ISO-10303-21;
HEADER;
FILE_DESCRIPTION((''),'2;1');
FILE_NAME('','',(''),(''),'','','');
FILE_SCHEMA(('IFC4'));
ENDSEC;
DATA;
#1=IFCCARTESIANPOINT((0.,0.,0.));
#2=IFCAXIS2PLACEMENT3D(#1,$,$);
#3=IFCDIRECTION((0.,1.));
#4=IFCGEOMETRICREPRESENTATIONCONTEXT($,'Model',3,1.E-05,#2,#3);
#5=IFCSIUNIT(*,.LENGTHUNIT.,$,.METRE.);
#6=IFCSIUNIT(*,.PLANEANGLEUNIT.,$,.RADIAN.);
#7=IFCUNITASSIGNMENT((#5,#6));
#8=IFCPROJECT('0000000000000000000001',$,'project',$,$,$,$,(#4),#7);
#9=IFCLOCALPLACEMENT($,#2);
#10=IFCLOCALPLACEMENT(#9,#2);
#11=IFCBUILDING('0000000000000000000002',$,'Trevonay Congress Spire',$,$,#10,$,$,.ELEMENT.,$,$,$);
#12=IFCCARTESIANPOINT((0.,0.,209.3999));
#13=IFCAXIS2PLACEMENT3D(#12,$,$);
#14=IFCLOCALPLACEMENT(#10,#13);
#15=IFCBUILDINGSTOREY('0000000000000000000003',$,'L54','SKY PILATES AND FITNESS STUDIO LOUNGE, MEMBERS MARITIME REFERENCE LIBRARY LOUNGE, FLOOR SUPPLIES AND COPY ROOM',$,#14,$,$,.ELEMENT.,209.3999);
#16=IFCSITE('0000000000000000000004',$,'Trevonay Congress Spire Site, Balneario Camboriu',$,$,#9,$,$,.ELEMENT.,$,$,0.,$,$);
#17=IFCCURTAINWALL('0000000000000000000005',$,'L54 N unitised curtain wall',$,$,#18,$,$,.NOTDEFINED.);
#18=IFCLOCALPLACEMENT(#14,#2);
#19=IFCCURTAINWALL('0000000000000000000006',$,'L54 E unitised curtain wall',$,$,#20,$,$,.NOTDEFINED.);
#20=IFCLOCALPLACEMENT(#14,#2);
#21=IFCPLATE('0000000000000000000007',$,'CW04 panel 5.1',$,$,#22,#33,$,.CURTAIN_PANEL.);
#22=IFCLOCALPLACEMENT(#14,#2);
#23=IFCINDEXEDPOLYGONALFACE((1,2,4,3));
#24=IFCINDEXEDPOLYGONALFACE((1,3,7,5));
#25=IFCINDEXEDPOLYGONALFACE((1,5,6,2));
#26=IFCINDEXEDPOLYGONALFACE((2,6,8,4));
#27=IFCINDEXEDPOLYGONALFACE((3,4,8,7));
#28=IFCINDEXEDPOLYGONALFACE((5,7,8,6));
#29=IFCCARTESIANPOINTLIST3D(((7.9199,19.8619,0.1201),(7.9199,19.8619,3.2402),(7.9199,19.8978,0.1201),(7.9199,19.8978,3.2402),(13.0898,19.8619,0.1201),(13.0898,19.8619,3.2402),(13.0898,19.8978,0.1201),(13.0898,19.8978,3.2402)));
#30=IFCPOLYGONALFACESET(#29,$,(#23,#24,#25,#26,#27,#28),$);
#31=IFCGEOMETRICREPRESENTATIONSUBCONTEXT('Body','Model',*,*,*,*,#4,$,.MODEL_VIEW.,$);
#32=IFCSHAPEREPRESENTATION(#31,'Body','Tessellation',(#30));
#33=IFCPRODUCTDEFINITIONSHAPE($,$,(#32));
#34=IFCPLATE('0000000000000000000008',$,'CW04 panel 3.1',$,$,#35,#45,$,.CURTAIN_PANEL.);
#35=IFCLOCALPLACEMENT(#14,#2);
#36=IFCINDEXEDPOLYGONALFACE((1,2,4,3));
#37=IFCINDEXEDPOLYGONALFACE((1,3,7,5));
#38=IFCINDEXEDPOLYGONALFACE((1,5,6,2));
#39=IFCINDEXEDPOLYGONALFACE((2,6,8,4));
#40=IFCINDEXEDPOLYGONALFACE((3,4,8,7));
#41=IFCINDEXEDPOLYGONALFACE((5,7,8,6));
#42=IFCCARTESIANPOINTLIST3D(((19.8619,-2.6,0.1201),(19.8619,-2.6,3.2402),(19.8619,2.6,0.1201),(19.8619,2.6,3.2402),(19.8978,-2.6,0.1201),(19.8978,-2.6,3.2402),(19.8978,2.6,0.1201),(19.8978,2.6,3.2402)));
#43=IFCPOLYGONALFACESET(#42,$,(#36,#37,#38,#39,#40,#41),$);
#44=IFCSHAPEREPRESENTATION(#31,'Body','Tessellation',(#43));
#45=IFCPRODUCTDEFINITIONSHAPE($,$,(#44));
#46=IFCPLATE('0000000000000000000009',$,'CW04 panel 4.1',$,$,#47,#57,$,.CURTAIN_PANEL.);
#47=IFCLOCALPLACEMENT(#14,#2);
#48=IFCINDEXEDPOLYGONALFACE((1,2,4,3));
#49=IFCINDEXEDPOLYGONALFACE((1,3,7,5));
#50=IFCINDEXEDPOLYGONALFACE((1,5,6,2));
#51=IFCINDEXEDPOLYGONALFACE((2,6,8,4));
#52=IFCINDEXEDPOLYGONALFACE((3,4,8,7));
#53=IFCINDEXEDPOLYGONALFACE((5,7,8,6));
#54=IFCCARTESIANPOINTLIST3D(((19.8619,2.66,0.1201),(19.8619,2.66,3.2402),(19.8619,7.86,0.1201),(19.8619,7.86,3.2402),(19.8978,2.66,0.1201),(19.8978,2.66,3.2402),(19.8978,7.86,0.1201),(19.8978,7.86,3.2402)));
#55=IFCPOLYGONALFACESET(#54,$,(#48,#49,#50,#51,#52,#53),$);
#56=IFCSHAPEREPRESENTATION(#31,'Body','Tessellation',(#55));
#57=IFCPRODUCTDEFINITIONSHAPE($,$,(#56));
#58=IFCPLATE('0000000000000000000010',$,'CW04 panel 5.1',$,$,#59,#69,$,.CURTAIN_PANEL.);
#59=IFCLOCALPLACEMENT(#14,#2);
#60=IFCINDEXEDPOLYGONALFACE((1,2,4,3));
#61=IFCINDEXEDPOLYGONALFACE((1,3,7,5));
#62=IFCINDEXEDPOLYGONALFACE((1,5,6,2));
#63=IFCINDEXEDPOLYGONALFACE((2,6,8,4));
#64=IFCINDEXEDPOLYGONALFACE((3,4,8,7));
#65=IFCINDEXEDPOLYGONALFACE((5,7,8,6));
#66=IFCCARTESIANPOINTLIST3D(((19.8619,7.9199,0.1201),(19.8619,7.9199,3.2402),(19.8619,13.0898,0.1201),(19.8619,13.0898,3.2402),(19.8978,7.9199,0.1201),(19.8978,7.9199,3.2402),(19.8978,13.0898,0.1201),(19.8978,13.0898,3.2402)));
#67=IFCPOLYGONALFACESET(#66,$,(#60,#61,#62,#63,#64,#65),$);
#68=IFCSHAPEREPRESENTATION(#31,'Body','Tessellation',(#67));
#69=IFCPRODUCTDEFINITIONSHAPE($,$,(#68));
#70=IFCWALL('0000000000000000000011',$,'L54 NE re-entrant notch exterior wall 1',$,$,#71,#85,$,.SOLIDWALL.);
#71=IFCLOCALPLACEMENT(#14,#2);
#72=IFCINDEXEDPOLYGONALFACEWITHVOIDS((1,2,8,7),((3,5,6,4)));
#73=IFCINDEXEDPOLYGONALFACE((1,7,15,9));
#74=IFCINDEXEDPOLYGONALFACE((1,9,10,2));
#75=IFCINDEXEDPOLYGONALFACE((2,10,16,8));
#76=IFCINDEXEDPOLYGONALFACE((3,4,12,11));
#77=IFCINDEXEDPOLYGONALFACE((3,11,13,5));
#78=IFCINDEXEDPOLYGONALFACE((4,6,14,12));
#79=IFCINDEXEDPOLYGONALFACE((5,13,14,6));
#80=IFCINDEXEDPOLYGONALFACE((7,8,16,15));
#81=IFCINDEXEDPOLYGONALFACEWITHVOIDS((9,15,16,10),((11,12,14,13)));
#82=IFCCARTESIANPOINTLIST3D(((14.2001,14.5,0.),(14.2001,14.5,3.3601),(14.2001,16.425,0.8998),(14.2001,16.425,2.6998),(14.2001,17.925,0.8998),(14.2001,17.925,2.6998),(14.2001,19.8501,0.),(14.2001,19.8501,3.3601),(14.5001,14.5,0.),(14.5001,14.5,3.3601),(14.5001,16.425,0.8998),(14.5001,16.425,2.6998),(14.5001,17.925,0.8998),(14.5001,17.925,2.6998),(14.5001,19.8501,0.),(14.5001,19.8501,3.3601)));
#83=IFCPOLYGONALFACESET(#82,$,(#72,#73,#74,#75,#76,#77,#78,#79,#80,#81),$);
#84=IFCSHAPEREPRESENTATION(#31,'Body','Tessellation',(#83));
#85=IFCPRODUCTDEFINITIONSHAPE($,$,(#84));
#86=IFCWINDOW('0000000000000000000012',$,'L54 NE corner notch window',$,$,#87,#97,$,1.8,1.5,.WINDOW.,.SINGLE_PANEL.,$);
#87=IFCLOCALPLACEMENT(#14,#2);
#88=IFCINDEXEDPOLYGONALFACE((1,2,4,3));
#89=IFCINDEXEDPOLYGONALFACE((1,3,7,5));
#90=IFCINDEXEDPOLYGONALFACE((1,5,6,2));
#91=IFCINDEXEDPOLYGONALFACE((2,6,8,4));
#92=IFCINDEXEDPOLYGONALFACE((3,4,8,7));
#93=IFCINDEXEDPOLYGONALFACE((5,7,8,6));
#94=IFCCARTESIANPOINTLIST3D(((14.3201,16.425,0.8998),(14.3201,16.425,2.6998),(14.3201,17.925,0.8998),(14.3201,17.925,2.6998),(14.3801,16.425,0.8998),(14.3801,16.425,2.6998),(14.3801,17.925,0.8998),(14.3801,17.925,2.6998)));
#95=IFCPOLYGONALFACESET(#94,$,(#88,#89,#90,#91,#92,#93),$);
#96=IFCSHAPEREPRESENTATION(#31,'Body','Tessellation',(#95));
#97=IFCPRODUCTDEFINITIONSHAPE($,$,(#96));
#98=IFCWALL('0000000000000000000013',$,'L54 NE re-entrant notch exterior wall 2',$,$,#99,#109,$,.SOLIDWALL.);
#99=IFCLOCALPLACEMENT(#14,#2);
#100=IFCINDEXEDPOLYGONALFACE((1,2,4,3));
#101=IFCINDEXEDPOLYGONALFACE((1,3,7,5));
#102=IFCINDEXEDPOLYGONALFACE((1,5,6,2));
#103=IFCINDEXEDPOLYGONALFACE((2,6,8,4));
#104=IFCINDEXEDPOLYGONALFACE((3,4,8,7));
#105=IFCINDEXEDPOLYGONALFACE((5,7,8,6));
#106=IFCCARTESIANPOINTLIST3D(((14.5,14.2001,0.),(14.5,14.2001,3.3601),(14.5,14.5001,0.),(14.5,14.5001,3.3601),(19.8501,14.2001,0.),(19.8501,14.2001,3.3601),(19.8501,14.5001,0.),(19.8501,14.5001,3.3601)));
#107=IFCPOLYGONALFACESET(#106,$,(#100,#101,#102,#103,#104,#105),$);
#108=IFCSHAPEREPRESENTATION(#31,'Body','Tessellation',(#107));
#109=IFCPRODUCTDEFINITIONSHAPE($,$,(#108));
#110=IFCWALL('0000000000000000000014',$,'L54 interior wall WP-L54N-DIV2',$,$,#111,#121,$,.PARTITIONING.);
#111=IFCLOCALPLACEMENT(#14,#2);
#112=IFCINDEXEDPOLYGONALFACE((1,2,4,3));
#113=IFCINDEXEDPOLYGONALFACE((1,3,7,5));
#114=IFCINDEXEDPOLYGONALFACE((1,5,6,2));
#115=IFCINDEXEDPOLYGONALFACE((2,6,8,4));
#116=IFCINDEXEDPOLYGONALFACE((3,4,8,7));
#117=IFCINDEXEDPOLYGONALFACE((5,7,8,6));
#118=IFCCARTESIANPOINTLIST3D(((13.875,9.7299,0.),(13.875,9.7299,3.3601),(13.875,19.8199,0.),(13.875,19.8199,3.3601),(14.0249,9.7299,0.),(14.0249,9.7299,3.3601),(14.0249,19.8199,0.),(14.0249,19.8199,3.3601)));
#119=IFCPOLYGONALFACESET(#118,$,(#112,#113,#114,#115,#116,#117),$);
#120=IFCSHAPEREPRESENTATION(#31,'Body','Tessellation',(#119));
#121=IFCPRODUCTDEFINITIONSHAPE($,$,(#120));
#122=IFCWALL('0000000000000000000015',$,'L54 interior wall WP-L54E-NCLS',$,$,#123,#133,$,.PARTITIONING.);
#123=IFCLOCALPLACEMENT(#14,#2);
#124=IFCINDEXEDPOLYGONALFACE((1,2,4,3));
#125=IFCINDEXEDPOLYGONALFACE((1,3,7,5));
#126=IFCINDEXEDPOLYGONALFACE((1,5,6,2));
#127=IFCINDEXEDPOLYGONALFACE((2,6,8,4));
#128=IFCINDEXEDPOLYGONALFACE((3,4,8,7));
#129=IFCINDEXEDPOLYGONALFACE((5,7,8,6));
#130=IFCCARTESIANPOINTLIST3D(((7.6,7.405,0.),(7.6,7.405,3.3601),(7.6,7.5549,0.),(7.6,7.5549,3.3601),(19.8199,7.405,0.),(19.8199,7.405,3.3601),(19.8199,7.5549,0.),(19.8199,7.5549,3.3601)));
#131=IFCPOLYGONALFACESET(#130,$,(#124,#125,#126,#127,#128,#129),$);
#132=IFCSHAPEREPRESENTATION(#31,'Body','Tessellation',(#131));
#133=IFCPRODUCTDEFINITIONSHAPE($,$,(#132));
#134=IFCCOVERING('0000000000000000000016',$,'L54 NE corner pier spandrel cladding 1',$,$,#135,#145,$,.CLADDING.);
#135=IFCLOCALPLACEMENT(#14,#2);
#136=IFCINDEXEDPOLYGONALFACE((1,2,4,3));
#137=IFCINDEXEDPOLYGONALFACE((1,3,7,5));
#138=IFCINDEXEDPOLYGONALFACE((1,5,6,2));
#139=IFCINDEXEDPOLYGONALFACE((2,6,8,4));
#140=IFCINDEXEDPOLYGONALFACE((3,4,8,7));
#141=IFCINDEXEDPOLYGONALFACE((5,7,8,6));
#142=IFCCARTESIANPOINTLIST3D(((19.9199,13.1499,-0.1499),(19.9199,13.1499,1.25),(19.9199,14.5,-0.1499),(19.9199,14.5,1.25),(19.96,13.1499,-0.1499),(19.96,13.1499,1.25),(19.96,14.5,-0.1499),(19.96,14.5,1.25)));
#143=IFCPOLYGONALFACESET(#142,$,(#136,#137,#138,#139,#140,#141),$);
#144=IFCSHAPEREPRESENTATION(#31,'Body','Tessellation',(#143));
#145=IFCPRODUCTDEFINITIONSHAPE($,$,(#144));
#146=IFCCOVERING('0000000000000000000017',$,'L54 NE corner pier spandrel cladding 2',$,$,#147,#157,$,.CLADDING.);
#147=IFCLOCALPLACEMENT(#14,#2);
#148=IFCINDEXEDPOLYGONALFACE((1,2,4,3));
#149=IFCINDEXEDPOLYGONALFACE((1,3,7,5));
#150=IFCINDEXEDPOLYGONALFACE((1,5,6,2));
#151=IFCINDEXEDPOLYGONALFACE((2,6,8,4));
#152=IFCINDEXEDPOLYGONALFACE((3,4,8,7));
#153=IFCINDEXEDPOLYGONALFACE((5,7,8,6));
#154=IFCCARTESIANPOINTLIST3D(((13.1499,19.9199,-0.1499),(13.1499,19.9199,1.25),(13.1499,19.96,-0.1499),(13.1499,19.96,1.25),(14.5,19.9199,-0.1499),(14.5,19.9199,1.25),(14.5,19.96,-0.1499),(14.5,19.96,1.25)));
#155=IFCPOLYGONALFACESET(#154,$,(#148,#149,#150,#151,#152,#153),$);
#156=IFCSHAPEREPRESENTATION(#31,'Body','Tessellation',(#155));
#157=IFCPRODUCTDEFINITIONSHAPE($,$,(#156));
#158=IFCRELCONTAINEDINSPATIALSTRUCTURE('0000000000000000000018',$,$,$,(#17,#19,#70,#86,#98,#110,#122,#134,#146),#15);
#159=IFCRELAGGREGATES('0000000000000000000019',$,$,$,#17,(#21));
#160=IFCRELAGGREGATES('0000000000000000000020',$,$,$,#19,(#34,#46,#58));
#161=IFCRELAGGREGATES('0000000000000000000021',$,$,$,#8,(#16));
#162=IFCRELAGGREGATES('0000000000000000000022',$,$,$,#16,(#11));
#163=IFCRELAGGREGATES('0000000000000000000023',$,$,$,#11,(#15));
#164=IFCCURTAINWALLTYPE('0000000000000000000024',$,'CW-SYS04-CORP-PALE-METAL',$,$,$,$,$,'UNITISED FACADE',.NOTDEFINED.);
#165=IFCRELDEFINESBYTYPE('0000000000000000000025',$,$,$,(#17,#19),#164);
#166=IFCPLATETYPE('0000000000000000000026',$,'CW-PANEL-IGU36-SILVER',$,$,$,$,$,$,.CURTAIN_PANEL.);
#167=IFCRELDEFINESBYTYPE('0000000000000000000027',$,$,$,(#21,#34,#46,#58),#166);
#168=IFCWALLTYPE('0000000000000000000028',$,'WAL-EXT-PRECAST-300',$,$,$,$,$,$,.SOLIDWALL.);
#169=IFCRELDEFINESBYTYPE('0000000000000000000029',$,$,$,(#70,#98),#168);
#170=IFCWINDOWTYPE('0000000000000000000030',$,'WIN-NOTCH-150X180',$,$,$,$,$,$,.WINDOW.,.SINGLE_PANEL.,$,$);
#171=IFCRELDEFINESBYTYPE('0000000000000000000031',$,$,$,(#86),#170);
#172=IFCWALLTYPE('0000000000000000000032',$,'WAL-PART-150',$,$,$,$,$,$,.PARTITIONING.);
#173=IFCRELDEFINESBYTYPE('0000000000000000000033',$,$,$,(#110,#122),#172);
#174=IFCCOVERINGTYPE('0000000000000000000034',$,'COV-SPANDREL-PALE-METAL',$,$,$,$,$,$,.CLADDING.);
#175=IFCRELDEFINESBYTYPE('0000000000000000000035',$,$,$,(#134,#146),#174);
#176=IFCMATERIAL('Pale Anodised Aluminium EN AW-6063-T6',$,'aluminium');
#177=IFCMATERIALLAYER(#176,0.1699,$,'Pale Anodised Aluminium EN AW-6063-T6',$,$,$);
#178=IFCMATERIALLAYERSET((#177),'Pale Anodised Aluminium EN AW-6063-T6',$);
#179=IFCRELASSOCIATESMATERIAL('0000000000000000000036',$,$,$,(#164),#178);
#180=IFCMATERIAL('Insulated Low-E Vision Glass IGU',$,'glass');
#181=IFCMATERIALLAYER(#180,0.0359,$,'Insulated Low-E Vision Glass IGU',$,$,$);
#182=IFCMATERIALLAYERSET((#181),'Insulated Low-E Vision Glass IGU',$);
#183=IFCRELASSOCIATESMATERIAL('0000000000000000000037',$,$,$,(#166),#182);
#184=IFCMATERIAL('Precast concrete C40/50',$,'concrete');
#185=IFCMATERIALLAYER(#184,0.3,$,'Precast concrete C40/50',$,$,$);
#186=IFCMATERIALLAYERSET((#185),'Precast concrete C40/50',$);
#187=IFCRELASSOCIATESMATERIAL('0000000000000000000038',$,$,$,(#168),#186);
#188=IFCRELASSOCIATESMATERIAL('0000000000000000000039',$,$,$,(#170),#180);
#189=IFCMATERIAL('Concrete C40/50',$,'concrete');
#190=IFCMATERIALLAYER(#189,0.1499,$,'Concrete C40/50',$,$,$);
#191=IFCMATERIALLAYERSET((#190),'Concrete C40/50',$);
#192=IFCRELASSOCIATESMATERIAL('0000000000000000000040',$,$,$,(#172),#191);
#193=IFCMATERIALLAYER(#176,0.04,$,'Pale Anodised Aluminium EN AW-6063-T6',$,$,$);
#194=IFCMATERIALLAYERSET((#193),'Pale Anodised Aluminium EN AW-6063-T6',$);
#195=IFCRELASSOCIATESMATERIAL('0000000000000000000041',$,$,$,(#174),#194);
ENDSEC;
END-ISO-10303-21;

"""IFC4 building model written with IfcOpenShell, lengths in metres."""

from ifc_helpers import new_model, si_unit, direction, frame, frame_2d, origin, origin_2d, place, context, subcontext, project, spatial, rectangle, extrude, material, layer, layer_set, type_object, element, fill, aggregate, save


model = new_model("IFC4")

# Units and contexts
model_context = context("Model", 3, precision=1e-05, world=origin(), true_north=direction((0.0, 1.0)))
body_context = subcontext(model_context, "Body", "Model", "MODEL_VIEW")
ifc_project = project(units=[si_unit("LENGTHUNIT", "METRE"), si_unit("PLANEANGLEUNIT", "RADIAN")], contexts=[model_context])

# Site, building, storey
site_placement = place(None, origin())
site = spatial("IfcSite", under=ifc_project, at=site_placement, Name="Trevonay Congress Spire Site, Balneario Camboriu", CompositionType="ELEMENT", RefElevation=0.0)
building_placement = place(site_placement, origin())
building = spatial("IfcBuilding", under=site, at=building_placement, Name="Trevonay Congress Spire", CompositionType="ELEMENT")
storey_placement = place(building_placement, frame((0.0, 0.0, 209.3999)))
storey = spatial("IfcBuildingStorey", under=building, at=storey_placement, Name="L54", Description="SKY PILATES AND FITNESS STUDIO LOUNGE, MEMBERS MARITIME REFERENCE LIBRARY LOUNGE, FLOOR SUPPLIES AND COPY ROOM", CompositionType="ELEMENT", Elevation=209.3999)

# Curtain walls
ifc_material_1 = material(Name="Pale Anodised Aluminium EN AW-6063-T6", Category="aluminium")
ifc_layer_1 = layer(ifc_material_1, 0.1699, Name="Pale Anodised Aluminium EN AW-6063-T6")
ifc_layer_set_1 = layer_set([ifc_layer_1], Name="Pale Anodised Aluminium EN AW-6063-T6")
curtain_wall_type = type_object("IfcCurtainWallType", Name="CW-SYS04-CORP-PALE-METAL", ElementType="UNITISED FACADE", PredefinedType="NOTDEFINED", material=ifc_layer_set_1)
curtain_wall_1_placement = place(storey_placement, origin())
curtain_wall_1 = element("IfcCurtainWall", 1, at=curtain_wall_1_placement, inside=storey, type_object=curtain_wall_type, Name="L54 N unitised curtain wall", PredefinedType="NOTDEFINED")
curtain_wall_2_placement = place(storey_placement, origin())
curtain_wall_2 = element("IfcCurtainWall", 2, at=curtain_wall_2_placement, inside=storey, type_object=curtain_wall_type, Name="L54 E unitised curtain wall", PredefinedType="NOTDEFINED")

# Plates
ifc_material_2 = material(Name="Insulated Low-E Vision Glass IGU", Category="glass")
ifc_layer_2 = layer(ifc_material_2, 0.0359, Name="Insulated Low-E Vision Glass IGU")
ifc_layer_set_2 = layer_set([ifc_layer_2], Name="Insulated Low-E Vision Glass IGU")
plate_type = type_object("IfcPlateType", Name="CW-PANEL-IGU36-SILVER", PredefinedType="CURTAIN_PANEL", material=ifc_layer_set_2)
plate_1_placement = place(storey_placement, frame((10.5049, 19.8799, 0.1201), z_axis=(0.0, 0.0, 1.0), x_axis=(1.0, 0.0, 0.0)))
plate_1 = element("IfcPlate", 3, at=plate_1_placement, type_object=plate_type, Name="CW04 panel 5.1", PredefinedType="CURTAIN_PANEL", context=body_context, shape_type="SweptSolid", body=[
    extrude(rectangle(XDim=5.1699, YDim=0.0359, at=origin_2d()), origin(), (0.0, 0.0, 1.0), 3.1201),
])
aggregate(curtain_wall_1, [plate_1])
plate_2_placement = place(storey_placement, frame((19.8799, 0.0, 0.1201), z_axis=(0.0, 0.0, 1.0), x_axis=(0.0, 1.0, 0.0)))
plate_2 = element("IfcPlate", 4, at=plate_2_placement, type_object=plate_type, Name="CW04 panel 3.1", PredefinedType="CURTAIN_PANEL", context=body_context, shape_type="SweptSolid", body=[
    extrude(rectangle(XDim=5.2, YDim=0.0359, at=origin_2d()), origin(), (0.0, 0.0, 1.0), 3.1201),
])
plate_3_placement = place(storey_placement, frame((19.8799, 5.26, 0.1201), z_axis=(0.0, 0.0, 1.0), x_axis=(0.0, 1.0, 0.0)))
plate_3 = element("IfcPlate", 5, at=plate_3_placement, type_object=plate_type, Name="CW04 panel 4.1", PredefinedType="CURTAIN_PANEL", context=body_context, shape_type="SweptSolid", body=[
    extrude(rectangle(XDim=5.2, YDim=0.0359, at=origin_2d()), origin(), (0.0, 0.0, 1.0), 3.1201),
])
plate_4_placement = place(storey_placement, frame((19.8799, 10.5049, 0.1201), z_axis=(0.0, 0.0, 1.0), x_axis=(0.0, 1.0, 0.0)))
plate_4 = element("IfcPlate", 6, at=plate_4_placement, type_object=plate_type, Name="CW04 panel 5.1", PredefinedType="CURTAIN_PANEL", context=body_context, shape_type="SweptSolid", body=[
    extrude(rectangle(XDim=5.1699, YDim=0.0359, at=origin_2d()), origin(), (0.0, 0.0, 1.0), 3.1201),
])
aggregate(curtain_wall_2, [plate_2, plate_3, plate_4])

# Wall, opening, window
ifc_material_3 = material(Name="Precast concrete C40/50", Category="concrete")
ifc_layer_3 = layer(ifc_material_3, 0.3, Name="Precast concrete C40/50")
ifc_layer_set_3 = layer_set([ifc_layer_3], Name="Precast concrete C40/50")
wall_type_1 = type_object("IfcWallType", Name="WAL-EXT-PRECAST-300", PredefinedType="SOLIDWALL", material=ifc_layer_set_3)
wall_1_placement = place(storey_placement, frame((14.3501, 19.8501, 0.0), z_axis=(0.0, 0.0, 1.0), x_axis=(0.0, -1.0, 0.0)))
wall_1 = element("IfcWall", 7, at=wall_1_placement, inside=storey, type_object=wall_type_1, Name="L54 NE re-entrant notch exterior wall 1", PredefinedType="SOLIDWALL", context=body_context, shape_type="SweptSolid", body=[
    extrude(rectangle(XDim=5.3501, YDim=0.3, at=frame_2d((2.675, 0.0))), origin(), (0.0, 0.0, 1.0), 3.3601),
])
opening_placement = place(wall_1_placement, frame((1.925, 0.0, 0.8999)))
opening = element("IfcOpeningElement", 8, at=opening_placement, cuts=wall_1, PredefinedType="OPENING", context=body_context, shape_type="SweptSolid", body=[
    extrude(rectangle(XDim=1.5, YDim=1.8, at=frame_2d((0.75, 0.8999))), frame((0.0, 0.1602, 0.0), z_axis=(0.0, -1.0, 0.0), x_axis=(1.0, 0.0, 0.0)), (0.0, 0.0, 1.0), 0.3201),
])
window_type = type_object("IfcWindowType", Name="WIN-NOTCH-150X180", PartitioningType="SINGLE_PANEL", PredefinedType="WINDOW", material=ifc_material_2)
window_placement = place(opening_placement, origin())
window = element("IfcWindow", 9, at=window_placement, inside=storey, type_object=window_type, Name="L54 NE corner notch window", OverallHeight=1.8, OverallWidth=1.5, PartitioningType="SINGLE_PANEL", PredefinedType="WINDOW", context=body_context, shape_type="SweptSolid", body=[
    extrude(rectangle(XDim=1.5, YDim=1.8, at=frame_2d((0.75, 0.8999))), frame((0.0, 0.03, 0.0), z_axis=(0.0, -1.0, 0.0), x_axis=(1.0, 0.0, 0.0)), (0.0, 0.0, 1.0), 0.0601),
])
fill(opening, window)

# Walls
wall_2_placement = place(storey_placement, frame((19.8501, 14.3501, 0.0), z_axis=(0.0, 0.0, 1.0), x_axis=(-1.0, 0.0, 0.0)))
element("IfcWall", 10, at=wall_2_placement, inside=storey, type_object=wall_type_1, Name="L54 NE re-entrant notch exterior wall 2", PredefinedType="SOLIDWALL", context=body_context, shape_type="SweptSolid", body=[
    extrude(rectangle(XDim=5.3501, YDim=0.3, at=frame_2d((2.675, 0.0))), origin(), (0.0, 0.0, 1.0), 3.3601),
])
ifc_material_4 = material(Name="Concrete C40/50", Category="concrete")
ifc_layer_4 = layer(ifc_material_4, 0.1499, Name="Concrete C40/50")
ifc_layer_set_4 = layer_set([ifc_layer_4], Name="Concrete C40/50")
wall_type_2 = type_object("IfcWallType", Name="WAL-PART-150", PredefinedType="PARTITIONING", material=ifc_layer_set_4)
wall_3_placement = place(storey_placement, frame((13.95, 9.73, 0.0), z_axis=(0.0, 0.0, 1.0), x_axis=(0.0, 1.0, 0.0)))
element("IfcWall", 11, at=wall_3_placement, inside=storey, type_object=wall_type_2, Name="L54 interior wall WP-L54N-DIV2", PredefinedType="PARTITIONING", context=body_context, shape_type="SweptSolid", body=[
    extrude(rectangle(XDim=10.0901, YDim=0.1499, at=frame_2d((5.0449, 0.0))), origin(), (0.0, 0.0, 1.0), 3.3601),
])
wall_4_placement = place(storey_placement, frame((7.6001, 7.48, 0.0), z_axis=(0.0, 0.0, 1.0), x_axis=(1.0, 0.0, 0.0)))
element("IfcWall", 12, at=wall_4_placement, inside=storey, type_object=wall_type_2, Name="L54 interior wall WP-L54E-NCLS", PredefinedType="PARTITIONING", context=body_context, shape_type="SweptSolid", body=[
    extrude(rectangle(XDim=12.22, YDim=0.1499, at=frame_2d((6.1099, 0.0))), origin(), (0.0, 0.0, 1.0), 3.3601),
])

# Coverings
ifc_layer_5 = layer(ifc_material_1, 0.04, Name="Pale Anodised Aluminium EN AW-6063-T6")
ifc_layer_set_5 = layer_set([ifc_layer_5], Name="Pale Anodised Aluminium EN AW-6063-T6")
covering_type = type_object("IfcCoveringType", Name="COV-SPANDREL-PALE-METAL", PredefinedType="CLADDING", material=ifc_layer_set_5)
for number, where, z_axis, x_axis, name in (
    (13, (19.9399, 13.1499, -0.1499), (0.0, 0.0, 1.0), (0.0, 1.0, 0.0), "L54 NE corner pier spandrel cladding 1"),
    (14, (13.1499, 19.9399, -0.1499), (0.0, 0.0, 1.0), (1.0, 0.0, 0.0), "L54 NE corner pier spandrel cladding 2"),
):
    element("IfcCovering", number, at=place(storey_placement, frame(where, z_axis=z_axis, x_axis=x_axis)), inside=storey, type_object=covering_type, Name=name, PredefinedType="CLADDING", context=body_context, shape_type="SweptSolid", body=[
        extrude(rectangle(XDim=1.3501, YDim=0.04, at=frame_2d((0.675, 0.0))), origin(), (0.0, 0.0, 1.0), 1.3999),
    ])

save(model, "model.ifc")
